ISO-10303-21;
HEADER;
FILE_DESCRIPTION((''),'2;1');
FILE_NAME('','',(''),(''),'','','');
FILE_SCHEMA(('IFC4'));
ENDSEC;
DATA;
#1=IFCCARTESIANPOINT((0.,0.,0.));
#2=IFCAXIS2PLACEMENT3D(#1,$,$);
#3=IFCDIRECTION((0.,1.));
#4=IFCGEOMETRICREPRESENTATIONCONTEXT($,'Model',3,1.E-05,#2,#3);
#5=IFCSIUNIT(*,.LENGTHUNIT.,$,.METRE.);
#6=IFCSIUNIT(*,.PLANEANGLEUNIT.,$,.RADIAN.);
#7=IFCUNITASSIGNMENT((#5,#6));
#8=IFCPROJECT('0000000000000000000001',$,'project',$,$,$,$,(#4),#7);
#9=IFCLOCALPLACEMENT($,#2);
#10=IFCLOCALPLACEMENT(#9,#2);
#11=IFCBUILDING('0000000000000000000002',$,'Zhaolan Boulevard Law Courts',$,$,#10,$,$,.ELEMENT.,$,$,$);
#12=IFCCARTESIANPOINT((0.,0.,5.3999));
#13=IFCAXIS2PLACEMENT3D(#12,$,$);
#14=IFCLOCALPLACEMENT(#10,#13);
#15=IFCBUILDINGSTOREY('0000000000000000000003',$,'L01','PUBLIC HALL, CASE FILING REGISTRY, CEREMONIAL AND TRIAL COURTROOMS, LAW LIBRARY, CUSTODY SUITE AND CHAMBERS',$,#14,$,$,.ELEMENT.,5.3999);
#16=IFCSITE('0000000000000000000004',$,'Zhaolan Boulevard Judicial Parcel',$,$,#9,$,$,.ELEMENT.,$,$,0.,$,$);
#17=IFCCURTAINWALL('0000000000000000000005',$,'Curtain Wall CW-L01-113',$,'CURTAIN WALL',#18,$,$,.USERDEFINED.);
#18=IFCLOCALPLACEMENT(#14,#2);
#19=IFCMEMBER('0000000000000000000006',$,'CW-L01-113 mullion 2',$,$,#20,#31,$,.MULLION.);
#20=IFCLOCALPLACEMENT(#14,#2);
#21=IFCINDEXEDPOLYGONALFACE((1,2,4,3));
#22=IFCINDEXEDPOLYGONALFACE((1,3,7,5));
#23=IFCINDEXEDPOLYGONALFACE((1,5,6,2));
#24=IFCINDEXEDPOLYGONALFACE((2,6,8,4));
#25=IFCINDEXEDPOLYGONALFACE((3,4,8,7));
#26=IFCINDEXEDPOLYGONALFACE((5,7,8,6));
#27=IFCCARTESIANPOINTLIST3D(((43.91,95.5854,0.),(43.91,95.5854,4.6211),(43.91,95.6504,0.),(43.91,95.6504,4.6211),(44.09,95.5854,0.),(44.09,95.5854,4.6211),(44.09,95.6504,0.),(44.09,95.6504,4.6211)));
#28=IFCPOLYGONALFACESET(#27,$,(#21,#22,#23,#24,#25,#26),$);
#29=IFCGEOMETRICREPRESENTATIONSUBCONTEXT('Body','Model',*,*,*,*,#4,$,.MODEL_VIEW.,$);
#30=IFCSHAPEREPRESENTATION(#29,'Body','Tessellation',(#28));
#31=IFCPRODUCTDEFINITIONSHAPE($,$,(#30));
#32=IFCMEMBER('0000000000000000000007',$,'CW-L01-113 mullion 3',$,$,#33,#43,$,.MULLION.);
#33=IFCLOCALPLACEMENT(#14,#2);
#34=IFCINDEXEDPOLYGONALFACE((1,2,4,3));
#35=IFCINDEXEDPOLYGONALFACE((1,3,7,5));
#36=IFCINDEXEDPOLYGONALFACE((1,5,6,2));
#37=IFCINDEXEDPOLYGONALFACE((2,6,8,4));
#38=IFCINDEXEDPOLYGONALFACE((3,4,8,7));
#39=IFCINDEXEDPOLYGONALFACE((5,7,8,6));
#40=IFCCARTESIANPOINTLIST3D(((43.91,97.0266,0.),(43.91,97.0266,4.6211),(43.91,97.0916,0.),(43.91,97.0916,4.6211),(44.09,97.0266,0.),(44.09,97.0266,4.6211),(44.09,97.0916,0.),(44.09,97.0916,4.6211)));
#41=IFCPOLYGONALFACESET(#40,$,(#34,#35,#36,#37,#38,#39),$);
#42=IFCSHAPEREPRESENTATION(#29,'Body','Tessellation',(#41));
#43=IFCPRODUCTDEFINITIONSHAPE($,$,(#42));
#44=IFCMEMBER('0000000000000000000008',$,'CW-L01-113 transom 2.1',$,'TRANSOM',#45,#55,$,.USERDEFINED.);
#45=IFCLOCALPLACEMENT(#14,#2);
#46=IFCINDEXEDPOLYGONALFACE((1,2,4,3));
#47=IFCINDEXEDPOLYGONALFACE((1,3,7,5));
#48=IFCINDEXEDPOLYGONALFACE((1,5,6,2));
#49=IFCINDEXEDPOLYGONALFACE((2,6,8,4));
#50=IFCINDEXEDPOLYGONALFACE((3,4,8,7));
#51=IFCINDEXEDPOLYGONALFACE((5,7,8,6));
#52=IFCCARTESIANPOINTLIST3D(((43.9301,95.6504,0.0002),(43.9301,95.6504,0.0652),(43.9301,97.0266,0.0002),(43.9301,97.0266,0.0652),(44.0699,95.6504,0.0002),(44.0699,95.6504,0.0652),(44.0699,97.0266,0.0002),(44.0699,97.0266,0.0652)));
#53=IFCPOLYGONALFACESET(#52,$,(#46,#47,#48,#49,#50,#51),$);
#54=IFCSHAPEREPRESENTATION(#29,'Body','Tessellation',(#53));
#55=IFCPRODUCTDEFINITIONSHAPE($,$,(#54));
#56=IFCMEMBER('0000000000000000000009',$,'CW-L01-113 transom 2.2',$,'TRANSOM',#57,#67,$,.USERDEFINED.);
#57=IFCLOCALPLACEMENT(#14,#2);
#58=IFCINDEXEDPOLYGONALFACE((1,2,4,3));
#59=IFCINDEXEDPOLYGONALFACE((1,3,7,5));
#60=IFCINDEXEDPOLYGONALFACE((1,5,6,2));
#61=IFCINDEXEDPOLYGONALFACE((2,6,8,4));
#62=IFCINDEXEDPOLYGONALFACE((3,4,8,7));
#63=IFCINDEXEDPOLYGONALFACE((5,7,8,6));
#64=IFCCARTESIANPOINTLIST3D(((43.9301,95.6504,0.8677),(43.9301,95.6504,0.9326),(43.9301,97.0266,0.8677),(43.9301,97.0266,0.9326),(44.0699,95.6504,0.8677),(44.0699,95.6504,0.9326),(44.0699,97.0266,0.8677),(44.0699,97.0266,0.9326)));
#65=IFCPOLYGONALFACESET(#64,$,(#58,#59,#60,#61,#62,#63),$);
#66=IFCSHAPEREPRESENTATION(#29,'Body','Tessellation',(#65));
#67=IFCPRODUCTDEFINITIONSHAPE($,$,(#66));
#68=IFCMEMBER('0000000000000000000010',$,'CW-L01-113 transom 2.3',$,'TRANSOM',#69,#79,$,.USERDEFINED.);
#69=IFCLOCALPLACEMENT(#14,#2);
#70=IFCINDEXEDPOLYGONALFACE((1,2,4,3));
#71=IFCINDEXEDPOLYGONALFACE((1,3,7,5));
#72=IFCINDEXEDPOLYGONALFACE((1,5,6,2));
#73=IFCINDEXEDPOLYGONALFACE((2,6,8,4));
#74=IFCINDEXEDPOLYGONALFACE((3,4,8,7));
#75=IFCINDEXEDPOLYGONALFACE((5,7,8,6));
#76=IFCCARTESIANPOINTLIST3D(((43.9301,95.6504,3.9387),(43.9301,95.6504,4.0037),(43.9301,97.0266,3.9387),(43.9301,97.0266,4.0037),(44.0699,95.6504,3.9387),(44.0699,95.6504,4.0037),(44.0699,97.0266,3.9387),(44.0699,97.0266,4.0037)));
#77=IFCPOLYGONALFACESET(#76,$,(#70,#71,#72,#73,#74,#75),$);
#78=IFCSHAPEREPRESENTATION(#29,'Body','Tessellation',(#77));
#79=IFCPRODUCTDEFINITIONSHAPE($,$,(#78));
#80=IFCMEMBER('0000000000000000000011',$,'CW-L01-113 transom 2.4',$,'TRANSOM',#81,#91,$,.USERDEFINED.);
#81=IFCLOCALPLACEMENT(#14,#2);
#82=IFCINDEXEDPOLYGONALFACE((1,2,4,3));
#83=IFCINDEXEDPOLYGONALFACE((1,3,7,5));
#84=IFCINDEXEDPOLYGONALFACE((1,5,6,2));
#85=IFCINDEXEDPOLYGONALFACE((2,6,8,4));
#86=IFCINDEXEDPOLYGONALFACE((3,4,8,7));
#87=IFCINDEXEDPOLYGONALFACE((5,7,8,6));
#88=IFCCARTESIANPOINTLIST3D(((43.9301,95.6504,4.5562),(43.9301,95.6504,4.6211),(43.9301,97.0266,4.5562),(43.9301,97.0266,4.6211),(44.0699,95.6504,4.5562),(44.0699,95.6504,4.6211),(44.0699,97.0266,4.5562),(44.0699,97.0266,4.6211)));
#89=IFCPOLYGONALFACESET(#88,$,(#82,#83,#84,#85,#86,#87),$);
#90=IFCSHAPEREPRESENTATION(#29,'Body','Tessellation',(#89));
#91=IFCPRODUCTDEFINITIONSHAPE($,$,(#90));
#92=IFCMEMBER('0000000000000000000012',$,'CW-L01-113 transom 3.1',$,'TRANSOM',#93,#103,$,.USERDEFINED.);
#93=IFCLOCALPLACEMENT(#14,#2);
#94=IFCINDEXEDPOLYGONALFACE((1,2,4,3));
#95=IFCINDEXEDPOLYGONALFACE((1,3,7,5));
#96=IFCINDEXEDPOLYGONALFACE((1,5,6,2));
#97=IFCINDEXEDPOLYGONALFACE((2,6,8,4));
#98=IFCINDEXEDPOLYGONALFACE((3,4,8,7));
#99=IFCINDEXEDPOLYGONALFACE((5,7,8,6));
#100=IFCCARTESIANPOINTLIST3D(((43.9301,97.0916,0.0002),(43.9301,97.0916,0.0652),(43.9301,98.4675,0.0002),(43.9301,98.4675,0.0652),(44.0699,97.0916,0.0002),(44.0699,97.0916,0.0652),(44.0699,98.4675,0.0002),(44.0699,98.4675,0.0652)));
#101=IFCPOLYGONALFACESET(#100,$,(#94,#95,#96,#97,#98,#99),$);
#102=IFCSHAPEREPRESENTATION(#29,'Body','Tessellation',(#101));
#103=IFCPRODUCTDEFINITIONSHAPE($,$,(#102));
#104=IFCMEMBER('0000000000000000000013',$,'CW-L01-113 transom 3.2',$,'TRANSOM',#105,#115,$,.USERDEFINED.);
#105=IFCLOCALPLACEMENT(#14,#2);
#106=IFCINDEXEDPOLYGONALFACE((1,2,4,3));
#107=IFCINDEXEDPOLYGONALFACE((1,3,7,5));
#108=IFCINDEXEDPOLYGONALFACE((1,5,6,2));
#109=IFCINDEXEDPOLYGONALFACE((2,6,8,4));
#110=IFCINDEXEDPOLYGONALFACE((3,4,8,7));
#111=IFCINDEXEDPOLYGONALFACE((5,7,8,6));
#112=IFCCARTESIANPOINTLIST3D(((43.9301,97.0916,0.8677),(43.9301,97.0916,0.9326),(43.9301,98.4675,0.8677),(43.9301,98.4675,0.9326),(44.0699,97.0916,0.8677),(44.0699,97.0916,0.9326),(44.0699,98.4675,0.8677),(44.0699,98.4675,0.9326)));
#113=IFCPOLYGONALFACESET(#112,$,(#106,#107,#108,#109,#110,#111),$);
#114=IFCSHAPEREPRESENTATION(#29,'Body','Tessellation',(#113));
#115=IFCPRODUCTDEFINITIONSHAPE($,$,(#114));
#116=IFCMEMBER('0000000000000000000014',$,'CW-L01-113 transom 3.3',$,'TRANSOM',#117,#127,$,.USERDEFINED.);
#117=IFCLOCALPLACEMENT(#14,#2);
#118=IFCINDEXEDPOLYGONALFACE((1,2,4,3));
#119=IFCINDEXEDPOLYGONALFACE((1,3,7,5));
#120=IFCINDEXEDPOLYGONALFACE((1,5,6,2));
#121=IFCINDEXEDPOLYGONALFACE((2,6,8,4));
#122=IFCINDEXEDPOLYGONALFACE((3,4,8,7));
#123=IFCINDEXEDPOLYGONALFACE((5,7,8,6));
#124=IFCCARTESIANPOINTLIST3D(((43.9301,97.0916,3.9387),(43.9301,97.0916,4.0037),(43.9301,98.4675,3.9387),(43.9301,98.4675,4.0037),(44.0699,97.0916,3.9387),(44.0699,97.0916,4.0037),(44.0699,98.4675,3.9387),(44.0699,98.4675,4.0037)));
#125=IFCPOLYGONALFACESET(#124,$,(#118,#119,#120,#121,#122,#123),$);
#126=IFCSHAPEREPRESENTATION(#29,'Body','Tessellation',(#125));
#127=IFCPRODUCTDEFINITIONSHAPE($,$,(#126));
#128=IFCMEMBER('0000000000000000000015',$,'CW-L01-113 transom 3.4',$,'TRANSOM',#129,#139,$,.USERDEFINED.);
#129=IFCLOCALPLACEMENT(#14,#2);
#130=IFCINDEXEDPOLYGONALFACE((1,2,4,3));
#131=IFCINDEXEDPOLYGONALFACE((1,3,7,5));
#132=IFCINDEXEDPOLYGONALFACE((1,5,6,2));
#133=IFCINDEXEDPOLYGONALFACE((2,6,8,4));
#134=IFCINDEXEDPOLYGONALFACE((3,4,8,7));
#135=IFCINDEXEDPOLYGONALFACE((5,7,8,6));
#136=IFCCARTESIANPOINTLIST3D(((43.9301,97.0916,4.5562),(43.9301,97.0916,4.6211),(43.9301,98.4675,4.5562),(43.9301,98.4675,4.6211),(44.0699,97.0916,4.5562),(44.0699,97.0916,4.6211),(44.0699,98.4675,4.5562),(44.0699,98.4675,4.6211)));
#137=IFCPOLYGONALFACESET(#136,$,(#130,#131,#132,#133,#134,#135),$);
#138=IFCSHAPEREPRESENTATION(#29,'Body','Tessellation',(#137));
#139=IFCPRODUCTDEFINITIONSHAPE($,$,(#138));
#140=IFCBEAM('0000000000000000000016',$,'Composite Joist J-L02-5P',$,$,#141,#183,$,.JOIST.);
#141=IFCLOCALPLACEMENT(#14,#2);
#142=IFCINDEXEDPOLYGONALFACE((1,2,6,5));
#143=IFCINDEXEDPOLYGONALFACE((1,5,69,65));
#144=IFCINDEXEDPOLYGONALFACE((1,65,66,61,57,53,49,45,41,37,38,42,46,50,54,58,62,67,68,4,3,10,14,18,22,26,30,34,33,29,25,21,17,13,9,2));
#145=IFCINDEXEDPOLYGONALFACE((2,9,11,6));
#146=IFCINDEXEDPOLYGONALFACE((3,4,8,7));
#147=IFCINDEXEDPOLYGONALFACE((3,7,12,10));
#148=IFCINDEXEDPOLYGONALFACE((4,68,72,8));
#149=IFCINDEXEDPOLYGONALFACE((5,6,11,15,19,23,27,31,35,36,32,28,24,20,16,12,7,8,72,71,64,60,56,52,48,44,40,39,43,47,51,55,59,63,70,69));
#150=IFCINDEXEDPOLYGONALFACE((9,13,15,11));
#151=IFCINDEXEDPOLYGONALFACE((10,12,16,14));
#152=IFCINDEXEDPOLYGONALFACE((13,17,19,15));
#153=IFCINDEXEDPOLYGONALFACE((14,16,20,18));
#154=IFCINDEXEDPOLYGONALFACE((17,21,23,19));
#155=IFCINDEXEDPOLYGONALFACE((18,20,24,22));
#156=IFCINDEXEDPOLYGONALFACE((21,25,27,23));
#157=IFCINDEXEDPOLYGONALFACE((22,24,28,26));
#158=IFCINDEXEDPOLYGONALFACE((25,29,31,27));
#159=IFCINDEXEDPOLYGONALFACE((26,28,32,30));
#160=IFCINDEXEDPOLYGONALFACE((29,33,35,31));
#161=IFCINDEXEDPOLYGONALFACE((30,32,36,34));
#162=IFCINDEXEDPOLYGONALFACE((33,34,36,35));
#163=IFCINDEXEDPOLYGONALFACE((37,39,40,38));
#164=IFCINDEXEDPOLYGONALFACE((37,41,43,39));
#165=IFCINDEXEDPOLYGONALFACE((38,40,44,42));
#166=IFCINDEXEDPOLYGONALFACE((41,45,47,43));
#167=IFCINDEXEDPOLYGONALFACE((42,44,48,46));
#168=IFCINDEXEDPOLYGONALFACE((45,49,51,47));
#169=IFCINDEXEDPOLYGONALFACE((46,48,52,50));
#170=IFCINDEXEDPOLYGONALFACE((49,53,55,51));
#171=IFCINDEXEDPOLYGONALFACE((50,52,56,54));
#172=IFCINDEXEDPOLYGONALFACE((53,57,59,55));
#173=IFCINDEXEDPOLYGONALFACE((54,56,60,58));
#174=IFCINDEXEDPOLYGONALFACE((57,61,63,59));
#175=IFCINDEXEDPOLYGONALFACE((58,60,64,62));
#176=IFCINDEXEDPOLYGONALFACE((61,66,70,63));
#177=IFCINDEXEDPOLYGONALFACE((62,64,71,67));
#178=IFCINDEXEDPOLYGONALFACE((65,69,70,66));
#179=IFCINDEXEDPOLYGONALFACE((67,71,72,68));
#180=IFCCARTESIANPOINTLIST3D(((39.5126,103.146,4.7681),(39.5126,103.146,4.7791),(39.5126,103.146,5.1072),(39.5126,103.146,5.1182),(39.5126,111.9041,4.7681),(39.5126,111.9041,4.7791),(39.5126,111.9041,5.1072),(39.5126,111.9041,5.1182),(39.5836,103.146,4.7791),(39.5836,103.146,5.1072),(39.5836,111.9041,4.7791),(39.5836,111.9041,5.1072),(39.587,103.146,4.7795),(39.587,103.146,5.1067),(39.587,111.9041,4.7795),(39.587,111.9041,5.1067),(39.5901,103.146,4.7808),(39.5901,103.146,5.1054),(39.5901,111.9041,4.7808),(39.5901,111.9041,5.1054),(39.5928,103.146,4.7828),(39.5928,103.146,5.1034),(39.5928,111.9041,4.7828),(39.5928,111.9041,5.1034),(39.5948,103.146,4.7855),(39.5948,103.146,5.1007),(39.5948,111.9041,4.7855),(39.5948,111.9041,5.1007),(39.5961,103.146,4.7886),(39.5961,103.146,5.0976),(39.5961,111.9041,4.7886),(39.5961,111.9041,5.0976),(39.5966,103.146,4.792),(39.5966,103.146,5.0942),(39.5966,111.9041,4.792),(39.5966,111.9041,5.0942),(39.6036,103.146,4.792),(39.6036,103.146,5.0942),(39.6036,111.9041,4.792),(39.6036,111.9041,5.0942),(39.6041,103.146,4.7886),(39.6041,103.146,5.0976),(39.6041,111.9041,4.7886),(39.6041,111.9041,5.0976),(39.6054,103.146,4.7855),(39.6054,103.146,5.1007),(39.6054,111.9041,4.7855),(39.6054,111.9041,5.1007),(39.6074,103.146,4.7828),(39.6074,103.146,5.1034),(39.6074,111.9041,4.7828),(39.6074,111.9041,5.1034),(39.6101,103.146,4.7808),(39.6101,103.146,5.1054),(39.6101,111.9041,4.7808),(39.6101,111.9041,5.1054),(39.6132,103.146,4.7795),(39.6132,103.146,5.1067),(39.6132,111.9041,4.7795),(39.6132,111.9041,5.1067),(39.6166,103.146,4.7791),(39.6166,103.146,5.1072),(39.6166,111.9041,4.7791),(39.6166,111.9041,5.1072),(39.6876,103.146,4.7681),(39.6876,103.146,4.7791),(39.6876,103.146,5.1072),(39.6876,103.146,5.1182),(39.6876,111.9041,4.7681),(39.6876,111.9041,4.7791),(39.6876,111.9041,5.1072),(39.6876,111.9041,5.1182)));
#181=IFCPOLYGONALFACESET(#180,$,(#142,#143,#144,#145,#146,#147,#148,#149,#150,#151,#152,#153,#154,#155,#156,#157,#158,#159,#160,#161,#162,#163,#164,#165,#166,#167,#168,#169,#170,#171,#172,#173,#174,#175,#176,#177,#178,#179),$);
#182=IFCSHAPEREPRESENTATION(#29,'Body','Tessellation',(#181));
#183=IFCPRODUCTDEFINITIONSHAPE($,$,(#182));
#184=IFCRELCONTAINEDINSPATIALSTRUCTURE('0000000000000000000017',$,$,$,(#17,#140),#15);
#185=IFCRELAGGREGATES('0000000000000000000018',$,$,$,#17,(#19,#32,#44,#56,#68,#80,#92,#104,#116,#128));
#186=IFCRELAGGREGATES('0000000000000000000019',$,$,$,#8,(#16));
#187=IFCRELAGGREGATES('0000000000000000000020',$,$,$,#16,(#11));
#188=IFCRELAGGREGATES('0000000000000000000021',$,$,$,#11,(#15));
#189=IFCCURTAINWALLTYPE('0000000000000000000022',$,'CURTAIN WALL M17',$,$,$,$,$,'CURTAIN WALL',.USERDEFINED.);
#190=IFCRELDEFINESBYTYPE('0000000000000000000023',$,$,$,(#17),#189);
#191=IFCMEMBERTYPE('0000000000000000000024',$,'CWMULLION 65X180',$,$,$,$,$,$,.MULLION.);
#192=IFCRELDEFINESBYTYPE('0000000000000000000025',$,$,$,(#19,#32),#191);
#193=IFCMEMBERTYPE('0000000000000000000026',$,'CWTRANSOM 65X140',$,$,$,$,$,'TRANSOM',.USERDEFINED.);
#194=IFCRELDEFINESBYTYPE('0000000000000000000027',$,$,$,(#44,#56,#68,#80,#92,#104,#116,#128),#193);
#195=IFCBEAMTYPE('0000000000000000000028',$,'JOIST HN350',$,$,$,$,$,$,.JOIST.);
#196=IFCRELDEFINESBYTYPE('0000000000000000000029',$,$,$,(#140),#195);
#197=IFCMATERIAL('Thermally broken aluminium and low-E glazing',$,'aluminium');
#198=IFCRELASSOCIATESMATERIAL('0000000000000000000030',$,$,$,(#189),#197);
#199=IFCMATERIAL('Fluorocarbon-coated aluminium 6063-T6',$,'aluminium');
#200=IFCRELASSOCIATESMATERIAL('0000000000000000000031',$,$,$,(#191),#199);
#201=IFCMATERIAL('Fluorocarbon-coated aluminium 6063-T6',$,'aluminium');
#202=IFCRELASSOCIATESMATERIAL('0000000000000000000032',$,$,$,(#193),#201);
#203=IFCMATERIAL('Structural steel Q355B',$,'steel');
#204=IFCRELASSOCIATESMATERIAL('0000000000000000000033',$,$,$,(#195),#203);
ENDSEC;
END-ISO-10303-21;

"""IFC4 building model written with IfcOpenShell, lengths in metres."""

from ifc_helpers import new_model, si_unit, direction, frame, origin, origin_2d, place, context, subcontext, project, spatial, rectangle, i_section, extrude, material, material_profile, profile_set, type_object, element, aggregate, save


model = new_model("IFC4")

# Units and contexts
model_context = context("Model", 3, precision=1e-05, world=origin(), true_north=direction((0.0, 1.0)))
body_context = subcontext(model_context, "Body", "Model", "MODEL_VIEW")
ifc_project = project(units=[si_unit("LENGTHUNIT", "METRE"), si_unit("PLANEANGLEUNIT", "RADIAN")], contexts=[model_context])

# Site, building, storey
site_placement = place(None, origin())
site = spatial("IfcSite", under=ifc_project, at=site_placement, Name="Zhaolan Boulevard Judicial Parcel", CompositionType="ELEMENT", RefElevation=0.0)
building_placement = place(site_placement, origin())
building = spatial("IfcBuilding", under=site, at=building_placement, Name="Zhaolan Boulevard Law Courts", CompositionType="ELEMENT")
storey_placement = place(building_placement, frame((0.0, 0.0, 5.3999)))
storey = spatial("IfcBuildingStorey", under=building, at=storey_placement, Name="L01", Description="PUBLIC HALL, CASE FILING REGISTRY, CEREMONIAL AND TRIAL COURTROOMS, LAW LIBRARY, CUSTODY SUITE AND CHAMBERS", CompositionType="ELEMENT", Elevation=5.3999)

# Curtain wall, members
ifc_material_1 = material(Name="Thermally broken aluminium and low-E glazing", Category="aluminium")
curtain_wall_type = type_object("IfcCurtainWallType", Name="CURTAIN WALL M17", ElementType="CURTAIN WALL", PredefinedType="USERDEFINED", material=ifc_material_1)
curtain_wall_placement = place(storey_placement, origin())
curtain_wall = element("IfcCurtainWall", 1, at=curtain_wall_placement, inside=storey, type_object=curtain_wall_type, Name="Curtain Wall CW-L01-113", ObjectType="CURTAIN WALL", PredefinedType="USERDEFINED")
ifc_material_2 = material(Name="Fluorocarbon-coated aluminium 6063-T6", Category="aluminium")
ifc_material_profile_1 = material_profile(ifc_material_2, rectangle(XDim=0.1799, YDim=0.0649, at=origin_2d()), Name="AL65x180")
ifc_profile_set_1 = profile_set([ifc_material_profile_1], Name="Fluorocarbon-coated aluminium 6063-T6")
member_type_1 = type_object("IfcMemberType", Name="CWMULLION 65X180", PredefinedType="MULLION", material=ifc_profile_set_1)
member_1_placement = place(storey_placement, frame((44.0, 95.6179, 0.0), z_axis=(0.0, 0.0, 1.0), x_axis=(-1.0, 0.0, 0.0)))
member_1 = element("IfcMember", 2, at=member_1_placement, type_object=member_type_1, Name="CW-L01-113 mullion 2", PredefinedType="MULLION", context=body_context, shape_type="SweptSolid", body=[
    extrude(rectangle(XDim=0.1799, YDim=0.0649, at=origin_2d()), origin(), (0.0, 0.0, 1.0), 4.6211),
])
member_2_placement = place(storey_placement, frame((44.0, 97.0591, 0.0), z_axis=(0.0, 0.0, 1.0), x_axis=(-1.0, 0.0, 0.0)))
member_2 = element("IfcMember", 3, at=member_2_placement, type_object=member_type_1, Name="CW-L01-113 mullion 3", PredefinedType="MULLION", context=body_context, shape_type="SweptSolid", body=[
    extrude(rectangle(XDim=0.1799, YDim=0.0649, at=origin_2d()), origin(), (0.0, 0.0, 1.0), 4.6211),
])
ifc_material_3 = material(Name="Fluorocarbon-coated aluminium 6063-T6", Category="aluminium")
ifc_material_profile_2 = material_profile(ifc_material_3, rectangle(XDim=0.1399, YDim=0.0649, at=origin_2d()), Name="AL65x140")
ifc_profile_set_2 = profile_set([ifc_material_profile_2], Name="Fluorocarbon-coated aluminium 6063-T6")
member_type_2 = type_object("IfcMemberType", Name="CWTRANSOM 65X140", ElementType="TRANSOM", PredefinedType="USERDEFINED", material=ifc_profile_set_2)
member_3_placement = place(storey_placement, frame((44.0, 95.6504, 0.0327), z_axis=(0.0, 1.0, 0.0), x_axis=(-1.0, 0.0, 0.0)))
member_3 = element("IfcMember", 4, at=member_3_placement, type_object=member_type_2, Name="CW-L01-113 transom 2.1", ObjectType="TRANSOM", PredefinedType="USERDEFINED", context=body_context, shape_type="SweptSolid", body=[
    extrude(rectangle(XDim=0.1399, YDim=0.0649, at=origin_2d()), origin(), (0.0, 0.0, 1.0), 1.3762),
])
member_4_placement = place(storey_placement, frame((44.0, 95.6504, 0.9001), z_axis=(0.0, 1.0, 0.0), x_axis=(-1.0, 0.0, 0.0)))
member_4 = element("IfcMember", 5, at=member_4_placement, type_object=member_type_2, Name="CW-L01-113 transom 2.2", ObjectType="TRANSOM", PredefinedType="USERDEFINED", context=body_context, shape_type="SweptSolid", body=[
    extrude(rectangle(XDim=0.1399, YDim=0.0649, at=origin_2d()), origin(), (0.0, 0.0, 1.0), 1.3762),
])
member_5_placement = place(storey_placement, frame((44.0, 95.6504, 3.9712), z_axis=(0.0, 1.0, 0.0), x_axis=(-1.0, 0.0, 0.0)))
member_5 = element("IfcMember", 6, at=member_5_placement, type_object=member_type_2, Name="CW-L01-113 transom 2.3", ObjectType="TRANSOM", PredefinedType="USERDEFINED", context=body_context, shape_type="SweptSolid", body=[
    extrude(rectangle(XDim=0.1399, YDim=0.0649, at=origin_2d()), origin(), (0.0, 0.0, 1.0), 1.3762),
])
member_6_placement = place(storey_placement, frame((44.0, 95.6504, 4.5886), z_axis=(0.0, 1.0, 0.0), x_axis=(-1.0, 0.0, 0.0)))
member_6 = element("IfcMember", 7, at=member_6_placement, type_object=member_type_2, Name="CW-L01-113 transom 2.4", ObjectType="TRANSOM", PredefinedType="USERDEFINED", context=body_context, shape_type="SweptSolid", body=[
    extrude(rectangle(XDim=0.1399, YDim=0.0649, at=origin_2d()), origin(), (0.0, 0.0, 1.0), 1.3762),
])
member_7_placement = place(storey_placement, frame((44.0, 97.0916, 0.0327), z_axis=(0.0, 1.0, 0.0), x_axis=(-1.0, 0.0, 0.0)))
member_7 = element("IfcMember", 8, at=member_7_placement, type_object=member_type_2, Name="CW-L01-113 transom 3.1", ObjectType="TRANSOM", PredefinedType="USERDEFINED", context=body_context, shape_type="SweptSolid", body=[
    extrude(rectangle(XDim=0.1399, YDim=0.0649, at=origin_2d()), origin(), (0.0, 0.0, 1.0), 1.376),
])
member_8_placement = place(storey_placement, frame((44.0, 97.0916, 0.9001), z_axis=(0.0, 1.0, 0.0), x_axis=(-1.0, 0.0, 0.0)))
member_8 = element("IfcMember", 9, at=member_8_placement, type_object=member_type_2, Name="CW-L01-113 transom 3.2", ObjectType="TRANSOM", PredefinedType="USERDEFINED", context=body_context, shape_type="SweptSolid", body=[
    extrude(rectangle(XDim=0.1399, YDim=0.0649, at=origin_2d()), origin(), (0.0, 0.0, 1.0), 1.376),
])
member_9_placement = place(storey_placement, frame((44.0, 97.0916, 3.9712), z_axis=(0.0, 1.0, 0.0), x_axis=(-1.0, 0.0, 0.0)))
member_9 = element("IfcMember", 10, at=member_9_placement, type_object=member_type_2, Name="CW-L01-113 transom 3.3", ObjectType="TRANSOM", PredefinedType="USERDEFINED", context=body_context, shape_type="SweptSolid", body=[
    extrude(rectangle(XDim=0.1399, YDim=0.0649, at=origin_2d()), origin(), (0.0, 0.0, 1.0), 1.376),
])
member_10_placement = place(storey_placement, frame((44.0, 97.0916, 4.5886), z_axis=(0.0, 1.0, 0.0), x_axis=(-1.0, 0.0, 0.0)))
member_10 = element("IfcMember", 11, at=member_10_placement, type_object=member_type_2, Name="CW-L01-113 transom 3.4", ObjectType="TRANSOM", PredefinedType="USERDEFINED", context=body_context, shape_type="SweptSolid", body=[
    extrude(rectangle(XDim=0.1399, YDim=0.0649, at=origin_2d()), origin(), (0.0, 0.0, 1.0), 1.376),
])

# Beam
ifc_material_4 = material(Name="Structural steel Q355B", Category="steel")
ifc_material_profile_3 = material_profile(ifc_material_4, i_section(OverallWidth=0.175, OverallDepth=0.3501, WebThickness=0.0071, FlangeThickness=0.011, FilletRadius=0.0129, at=origin_2d()), Name="HN350x175")
ifc_profile_set_3 = profile_set([ifc_material_profile_3], Name="Structural steel Q355B")
beam_type = type_object("IfcBeamType", Name="JOIST HN350", PredefinedType="JOIST", material=ifc_profile_set_3)
beam_placement = place(storey_placement, frame((39.6001, 103.146, 4.9431), z_axis=(0.0, 1.0, 0.0), x_axis=(-1.0, 0.0, 0.0)))
element("IfcBeam", 12, at=beam_placement, inside=storey, type_object=beam_type, Name="Composite Joist J-L02-5P", PredefinedType="JOIST", context=body_context, shape_type="SweptSolid", body=[
    extrude(i_section(OverallWidth=0.175, OverallDepth=0.3501, WebThickness=0.0071, FlangeThickness=0.011, FilletRadius=0.0129, at=origin_2d()), origin(), (0.0, 0.0, 1.0), 8.7581),
])

aggregate(curtain_wall, [member_1, member_2, member_3, member_4, member_5, member_6, member_7, member_8, member_9, member_10])

save(model, "model.ifc")
